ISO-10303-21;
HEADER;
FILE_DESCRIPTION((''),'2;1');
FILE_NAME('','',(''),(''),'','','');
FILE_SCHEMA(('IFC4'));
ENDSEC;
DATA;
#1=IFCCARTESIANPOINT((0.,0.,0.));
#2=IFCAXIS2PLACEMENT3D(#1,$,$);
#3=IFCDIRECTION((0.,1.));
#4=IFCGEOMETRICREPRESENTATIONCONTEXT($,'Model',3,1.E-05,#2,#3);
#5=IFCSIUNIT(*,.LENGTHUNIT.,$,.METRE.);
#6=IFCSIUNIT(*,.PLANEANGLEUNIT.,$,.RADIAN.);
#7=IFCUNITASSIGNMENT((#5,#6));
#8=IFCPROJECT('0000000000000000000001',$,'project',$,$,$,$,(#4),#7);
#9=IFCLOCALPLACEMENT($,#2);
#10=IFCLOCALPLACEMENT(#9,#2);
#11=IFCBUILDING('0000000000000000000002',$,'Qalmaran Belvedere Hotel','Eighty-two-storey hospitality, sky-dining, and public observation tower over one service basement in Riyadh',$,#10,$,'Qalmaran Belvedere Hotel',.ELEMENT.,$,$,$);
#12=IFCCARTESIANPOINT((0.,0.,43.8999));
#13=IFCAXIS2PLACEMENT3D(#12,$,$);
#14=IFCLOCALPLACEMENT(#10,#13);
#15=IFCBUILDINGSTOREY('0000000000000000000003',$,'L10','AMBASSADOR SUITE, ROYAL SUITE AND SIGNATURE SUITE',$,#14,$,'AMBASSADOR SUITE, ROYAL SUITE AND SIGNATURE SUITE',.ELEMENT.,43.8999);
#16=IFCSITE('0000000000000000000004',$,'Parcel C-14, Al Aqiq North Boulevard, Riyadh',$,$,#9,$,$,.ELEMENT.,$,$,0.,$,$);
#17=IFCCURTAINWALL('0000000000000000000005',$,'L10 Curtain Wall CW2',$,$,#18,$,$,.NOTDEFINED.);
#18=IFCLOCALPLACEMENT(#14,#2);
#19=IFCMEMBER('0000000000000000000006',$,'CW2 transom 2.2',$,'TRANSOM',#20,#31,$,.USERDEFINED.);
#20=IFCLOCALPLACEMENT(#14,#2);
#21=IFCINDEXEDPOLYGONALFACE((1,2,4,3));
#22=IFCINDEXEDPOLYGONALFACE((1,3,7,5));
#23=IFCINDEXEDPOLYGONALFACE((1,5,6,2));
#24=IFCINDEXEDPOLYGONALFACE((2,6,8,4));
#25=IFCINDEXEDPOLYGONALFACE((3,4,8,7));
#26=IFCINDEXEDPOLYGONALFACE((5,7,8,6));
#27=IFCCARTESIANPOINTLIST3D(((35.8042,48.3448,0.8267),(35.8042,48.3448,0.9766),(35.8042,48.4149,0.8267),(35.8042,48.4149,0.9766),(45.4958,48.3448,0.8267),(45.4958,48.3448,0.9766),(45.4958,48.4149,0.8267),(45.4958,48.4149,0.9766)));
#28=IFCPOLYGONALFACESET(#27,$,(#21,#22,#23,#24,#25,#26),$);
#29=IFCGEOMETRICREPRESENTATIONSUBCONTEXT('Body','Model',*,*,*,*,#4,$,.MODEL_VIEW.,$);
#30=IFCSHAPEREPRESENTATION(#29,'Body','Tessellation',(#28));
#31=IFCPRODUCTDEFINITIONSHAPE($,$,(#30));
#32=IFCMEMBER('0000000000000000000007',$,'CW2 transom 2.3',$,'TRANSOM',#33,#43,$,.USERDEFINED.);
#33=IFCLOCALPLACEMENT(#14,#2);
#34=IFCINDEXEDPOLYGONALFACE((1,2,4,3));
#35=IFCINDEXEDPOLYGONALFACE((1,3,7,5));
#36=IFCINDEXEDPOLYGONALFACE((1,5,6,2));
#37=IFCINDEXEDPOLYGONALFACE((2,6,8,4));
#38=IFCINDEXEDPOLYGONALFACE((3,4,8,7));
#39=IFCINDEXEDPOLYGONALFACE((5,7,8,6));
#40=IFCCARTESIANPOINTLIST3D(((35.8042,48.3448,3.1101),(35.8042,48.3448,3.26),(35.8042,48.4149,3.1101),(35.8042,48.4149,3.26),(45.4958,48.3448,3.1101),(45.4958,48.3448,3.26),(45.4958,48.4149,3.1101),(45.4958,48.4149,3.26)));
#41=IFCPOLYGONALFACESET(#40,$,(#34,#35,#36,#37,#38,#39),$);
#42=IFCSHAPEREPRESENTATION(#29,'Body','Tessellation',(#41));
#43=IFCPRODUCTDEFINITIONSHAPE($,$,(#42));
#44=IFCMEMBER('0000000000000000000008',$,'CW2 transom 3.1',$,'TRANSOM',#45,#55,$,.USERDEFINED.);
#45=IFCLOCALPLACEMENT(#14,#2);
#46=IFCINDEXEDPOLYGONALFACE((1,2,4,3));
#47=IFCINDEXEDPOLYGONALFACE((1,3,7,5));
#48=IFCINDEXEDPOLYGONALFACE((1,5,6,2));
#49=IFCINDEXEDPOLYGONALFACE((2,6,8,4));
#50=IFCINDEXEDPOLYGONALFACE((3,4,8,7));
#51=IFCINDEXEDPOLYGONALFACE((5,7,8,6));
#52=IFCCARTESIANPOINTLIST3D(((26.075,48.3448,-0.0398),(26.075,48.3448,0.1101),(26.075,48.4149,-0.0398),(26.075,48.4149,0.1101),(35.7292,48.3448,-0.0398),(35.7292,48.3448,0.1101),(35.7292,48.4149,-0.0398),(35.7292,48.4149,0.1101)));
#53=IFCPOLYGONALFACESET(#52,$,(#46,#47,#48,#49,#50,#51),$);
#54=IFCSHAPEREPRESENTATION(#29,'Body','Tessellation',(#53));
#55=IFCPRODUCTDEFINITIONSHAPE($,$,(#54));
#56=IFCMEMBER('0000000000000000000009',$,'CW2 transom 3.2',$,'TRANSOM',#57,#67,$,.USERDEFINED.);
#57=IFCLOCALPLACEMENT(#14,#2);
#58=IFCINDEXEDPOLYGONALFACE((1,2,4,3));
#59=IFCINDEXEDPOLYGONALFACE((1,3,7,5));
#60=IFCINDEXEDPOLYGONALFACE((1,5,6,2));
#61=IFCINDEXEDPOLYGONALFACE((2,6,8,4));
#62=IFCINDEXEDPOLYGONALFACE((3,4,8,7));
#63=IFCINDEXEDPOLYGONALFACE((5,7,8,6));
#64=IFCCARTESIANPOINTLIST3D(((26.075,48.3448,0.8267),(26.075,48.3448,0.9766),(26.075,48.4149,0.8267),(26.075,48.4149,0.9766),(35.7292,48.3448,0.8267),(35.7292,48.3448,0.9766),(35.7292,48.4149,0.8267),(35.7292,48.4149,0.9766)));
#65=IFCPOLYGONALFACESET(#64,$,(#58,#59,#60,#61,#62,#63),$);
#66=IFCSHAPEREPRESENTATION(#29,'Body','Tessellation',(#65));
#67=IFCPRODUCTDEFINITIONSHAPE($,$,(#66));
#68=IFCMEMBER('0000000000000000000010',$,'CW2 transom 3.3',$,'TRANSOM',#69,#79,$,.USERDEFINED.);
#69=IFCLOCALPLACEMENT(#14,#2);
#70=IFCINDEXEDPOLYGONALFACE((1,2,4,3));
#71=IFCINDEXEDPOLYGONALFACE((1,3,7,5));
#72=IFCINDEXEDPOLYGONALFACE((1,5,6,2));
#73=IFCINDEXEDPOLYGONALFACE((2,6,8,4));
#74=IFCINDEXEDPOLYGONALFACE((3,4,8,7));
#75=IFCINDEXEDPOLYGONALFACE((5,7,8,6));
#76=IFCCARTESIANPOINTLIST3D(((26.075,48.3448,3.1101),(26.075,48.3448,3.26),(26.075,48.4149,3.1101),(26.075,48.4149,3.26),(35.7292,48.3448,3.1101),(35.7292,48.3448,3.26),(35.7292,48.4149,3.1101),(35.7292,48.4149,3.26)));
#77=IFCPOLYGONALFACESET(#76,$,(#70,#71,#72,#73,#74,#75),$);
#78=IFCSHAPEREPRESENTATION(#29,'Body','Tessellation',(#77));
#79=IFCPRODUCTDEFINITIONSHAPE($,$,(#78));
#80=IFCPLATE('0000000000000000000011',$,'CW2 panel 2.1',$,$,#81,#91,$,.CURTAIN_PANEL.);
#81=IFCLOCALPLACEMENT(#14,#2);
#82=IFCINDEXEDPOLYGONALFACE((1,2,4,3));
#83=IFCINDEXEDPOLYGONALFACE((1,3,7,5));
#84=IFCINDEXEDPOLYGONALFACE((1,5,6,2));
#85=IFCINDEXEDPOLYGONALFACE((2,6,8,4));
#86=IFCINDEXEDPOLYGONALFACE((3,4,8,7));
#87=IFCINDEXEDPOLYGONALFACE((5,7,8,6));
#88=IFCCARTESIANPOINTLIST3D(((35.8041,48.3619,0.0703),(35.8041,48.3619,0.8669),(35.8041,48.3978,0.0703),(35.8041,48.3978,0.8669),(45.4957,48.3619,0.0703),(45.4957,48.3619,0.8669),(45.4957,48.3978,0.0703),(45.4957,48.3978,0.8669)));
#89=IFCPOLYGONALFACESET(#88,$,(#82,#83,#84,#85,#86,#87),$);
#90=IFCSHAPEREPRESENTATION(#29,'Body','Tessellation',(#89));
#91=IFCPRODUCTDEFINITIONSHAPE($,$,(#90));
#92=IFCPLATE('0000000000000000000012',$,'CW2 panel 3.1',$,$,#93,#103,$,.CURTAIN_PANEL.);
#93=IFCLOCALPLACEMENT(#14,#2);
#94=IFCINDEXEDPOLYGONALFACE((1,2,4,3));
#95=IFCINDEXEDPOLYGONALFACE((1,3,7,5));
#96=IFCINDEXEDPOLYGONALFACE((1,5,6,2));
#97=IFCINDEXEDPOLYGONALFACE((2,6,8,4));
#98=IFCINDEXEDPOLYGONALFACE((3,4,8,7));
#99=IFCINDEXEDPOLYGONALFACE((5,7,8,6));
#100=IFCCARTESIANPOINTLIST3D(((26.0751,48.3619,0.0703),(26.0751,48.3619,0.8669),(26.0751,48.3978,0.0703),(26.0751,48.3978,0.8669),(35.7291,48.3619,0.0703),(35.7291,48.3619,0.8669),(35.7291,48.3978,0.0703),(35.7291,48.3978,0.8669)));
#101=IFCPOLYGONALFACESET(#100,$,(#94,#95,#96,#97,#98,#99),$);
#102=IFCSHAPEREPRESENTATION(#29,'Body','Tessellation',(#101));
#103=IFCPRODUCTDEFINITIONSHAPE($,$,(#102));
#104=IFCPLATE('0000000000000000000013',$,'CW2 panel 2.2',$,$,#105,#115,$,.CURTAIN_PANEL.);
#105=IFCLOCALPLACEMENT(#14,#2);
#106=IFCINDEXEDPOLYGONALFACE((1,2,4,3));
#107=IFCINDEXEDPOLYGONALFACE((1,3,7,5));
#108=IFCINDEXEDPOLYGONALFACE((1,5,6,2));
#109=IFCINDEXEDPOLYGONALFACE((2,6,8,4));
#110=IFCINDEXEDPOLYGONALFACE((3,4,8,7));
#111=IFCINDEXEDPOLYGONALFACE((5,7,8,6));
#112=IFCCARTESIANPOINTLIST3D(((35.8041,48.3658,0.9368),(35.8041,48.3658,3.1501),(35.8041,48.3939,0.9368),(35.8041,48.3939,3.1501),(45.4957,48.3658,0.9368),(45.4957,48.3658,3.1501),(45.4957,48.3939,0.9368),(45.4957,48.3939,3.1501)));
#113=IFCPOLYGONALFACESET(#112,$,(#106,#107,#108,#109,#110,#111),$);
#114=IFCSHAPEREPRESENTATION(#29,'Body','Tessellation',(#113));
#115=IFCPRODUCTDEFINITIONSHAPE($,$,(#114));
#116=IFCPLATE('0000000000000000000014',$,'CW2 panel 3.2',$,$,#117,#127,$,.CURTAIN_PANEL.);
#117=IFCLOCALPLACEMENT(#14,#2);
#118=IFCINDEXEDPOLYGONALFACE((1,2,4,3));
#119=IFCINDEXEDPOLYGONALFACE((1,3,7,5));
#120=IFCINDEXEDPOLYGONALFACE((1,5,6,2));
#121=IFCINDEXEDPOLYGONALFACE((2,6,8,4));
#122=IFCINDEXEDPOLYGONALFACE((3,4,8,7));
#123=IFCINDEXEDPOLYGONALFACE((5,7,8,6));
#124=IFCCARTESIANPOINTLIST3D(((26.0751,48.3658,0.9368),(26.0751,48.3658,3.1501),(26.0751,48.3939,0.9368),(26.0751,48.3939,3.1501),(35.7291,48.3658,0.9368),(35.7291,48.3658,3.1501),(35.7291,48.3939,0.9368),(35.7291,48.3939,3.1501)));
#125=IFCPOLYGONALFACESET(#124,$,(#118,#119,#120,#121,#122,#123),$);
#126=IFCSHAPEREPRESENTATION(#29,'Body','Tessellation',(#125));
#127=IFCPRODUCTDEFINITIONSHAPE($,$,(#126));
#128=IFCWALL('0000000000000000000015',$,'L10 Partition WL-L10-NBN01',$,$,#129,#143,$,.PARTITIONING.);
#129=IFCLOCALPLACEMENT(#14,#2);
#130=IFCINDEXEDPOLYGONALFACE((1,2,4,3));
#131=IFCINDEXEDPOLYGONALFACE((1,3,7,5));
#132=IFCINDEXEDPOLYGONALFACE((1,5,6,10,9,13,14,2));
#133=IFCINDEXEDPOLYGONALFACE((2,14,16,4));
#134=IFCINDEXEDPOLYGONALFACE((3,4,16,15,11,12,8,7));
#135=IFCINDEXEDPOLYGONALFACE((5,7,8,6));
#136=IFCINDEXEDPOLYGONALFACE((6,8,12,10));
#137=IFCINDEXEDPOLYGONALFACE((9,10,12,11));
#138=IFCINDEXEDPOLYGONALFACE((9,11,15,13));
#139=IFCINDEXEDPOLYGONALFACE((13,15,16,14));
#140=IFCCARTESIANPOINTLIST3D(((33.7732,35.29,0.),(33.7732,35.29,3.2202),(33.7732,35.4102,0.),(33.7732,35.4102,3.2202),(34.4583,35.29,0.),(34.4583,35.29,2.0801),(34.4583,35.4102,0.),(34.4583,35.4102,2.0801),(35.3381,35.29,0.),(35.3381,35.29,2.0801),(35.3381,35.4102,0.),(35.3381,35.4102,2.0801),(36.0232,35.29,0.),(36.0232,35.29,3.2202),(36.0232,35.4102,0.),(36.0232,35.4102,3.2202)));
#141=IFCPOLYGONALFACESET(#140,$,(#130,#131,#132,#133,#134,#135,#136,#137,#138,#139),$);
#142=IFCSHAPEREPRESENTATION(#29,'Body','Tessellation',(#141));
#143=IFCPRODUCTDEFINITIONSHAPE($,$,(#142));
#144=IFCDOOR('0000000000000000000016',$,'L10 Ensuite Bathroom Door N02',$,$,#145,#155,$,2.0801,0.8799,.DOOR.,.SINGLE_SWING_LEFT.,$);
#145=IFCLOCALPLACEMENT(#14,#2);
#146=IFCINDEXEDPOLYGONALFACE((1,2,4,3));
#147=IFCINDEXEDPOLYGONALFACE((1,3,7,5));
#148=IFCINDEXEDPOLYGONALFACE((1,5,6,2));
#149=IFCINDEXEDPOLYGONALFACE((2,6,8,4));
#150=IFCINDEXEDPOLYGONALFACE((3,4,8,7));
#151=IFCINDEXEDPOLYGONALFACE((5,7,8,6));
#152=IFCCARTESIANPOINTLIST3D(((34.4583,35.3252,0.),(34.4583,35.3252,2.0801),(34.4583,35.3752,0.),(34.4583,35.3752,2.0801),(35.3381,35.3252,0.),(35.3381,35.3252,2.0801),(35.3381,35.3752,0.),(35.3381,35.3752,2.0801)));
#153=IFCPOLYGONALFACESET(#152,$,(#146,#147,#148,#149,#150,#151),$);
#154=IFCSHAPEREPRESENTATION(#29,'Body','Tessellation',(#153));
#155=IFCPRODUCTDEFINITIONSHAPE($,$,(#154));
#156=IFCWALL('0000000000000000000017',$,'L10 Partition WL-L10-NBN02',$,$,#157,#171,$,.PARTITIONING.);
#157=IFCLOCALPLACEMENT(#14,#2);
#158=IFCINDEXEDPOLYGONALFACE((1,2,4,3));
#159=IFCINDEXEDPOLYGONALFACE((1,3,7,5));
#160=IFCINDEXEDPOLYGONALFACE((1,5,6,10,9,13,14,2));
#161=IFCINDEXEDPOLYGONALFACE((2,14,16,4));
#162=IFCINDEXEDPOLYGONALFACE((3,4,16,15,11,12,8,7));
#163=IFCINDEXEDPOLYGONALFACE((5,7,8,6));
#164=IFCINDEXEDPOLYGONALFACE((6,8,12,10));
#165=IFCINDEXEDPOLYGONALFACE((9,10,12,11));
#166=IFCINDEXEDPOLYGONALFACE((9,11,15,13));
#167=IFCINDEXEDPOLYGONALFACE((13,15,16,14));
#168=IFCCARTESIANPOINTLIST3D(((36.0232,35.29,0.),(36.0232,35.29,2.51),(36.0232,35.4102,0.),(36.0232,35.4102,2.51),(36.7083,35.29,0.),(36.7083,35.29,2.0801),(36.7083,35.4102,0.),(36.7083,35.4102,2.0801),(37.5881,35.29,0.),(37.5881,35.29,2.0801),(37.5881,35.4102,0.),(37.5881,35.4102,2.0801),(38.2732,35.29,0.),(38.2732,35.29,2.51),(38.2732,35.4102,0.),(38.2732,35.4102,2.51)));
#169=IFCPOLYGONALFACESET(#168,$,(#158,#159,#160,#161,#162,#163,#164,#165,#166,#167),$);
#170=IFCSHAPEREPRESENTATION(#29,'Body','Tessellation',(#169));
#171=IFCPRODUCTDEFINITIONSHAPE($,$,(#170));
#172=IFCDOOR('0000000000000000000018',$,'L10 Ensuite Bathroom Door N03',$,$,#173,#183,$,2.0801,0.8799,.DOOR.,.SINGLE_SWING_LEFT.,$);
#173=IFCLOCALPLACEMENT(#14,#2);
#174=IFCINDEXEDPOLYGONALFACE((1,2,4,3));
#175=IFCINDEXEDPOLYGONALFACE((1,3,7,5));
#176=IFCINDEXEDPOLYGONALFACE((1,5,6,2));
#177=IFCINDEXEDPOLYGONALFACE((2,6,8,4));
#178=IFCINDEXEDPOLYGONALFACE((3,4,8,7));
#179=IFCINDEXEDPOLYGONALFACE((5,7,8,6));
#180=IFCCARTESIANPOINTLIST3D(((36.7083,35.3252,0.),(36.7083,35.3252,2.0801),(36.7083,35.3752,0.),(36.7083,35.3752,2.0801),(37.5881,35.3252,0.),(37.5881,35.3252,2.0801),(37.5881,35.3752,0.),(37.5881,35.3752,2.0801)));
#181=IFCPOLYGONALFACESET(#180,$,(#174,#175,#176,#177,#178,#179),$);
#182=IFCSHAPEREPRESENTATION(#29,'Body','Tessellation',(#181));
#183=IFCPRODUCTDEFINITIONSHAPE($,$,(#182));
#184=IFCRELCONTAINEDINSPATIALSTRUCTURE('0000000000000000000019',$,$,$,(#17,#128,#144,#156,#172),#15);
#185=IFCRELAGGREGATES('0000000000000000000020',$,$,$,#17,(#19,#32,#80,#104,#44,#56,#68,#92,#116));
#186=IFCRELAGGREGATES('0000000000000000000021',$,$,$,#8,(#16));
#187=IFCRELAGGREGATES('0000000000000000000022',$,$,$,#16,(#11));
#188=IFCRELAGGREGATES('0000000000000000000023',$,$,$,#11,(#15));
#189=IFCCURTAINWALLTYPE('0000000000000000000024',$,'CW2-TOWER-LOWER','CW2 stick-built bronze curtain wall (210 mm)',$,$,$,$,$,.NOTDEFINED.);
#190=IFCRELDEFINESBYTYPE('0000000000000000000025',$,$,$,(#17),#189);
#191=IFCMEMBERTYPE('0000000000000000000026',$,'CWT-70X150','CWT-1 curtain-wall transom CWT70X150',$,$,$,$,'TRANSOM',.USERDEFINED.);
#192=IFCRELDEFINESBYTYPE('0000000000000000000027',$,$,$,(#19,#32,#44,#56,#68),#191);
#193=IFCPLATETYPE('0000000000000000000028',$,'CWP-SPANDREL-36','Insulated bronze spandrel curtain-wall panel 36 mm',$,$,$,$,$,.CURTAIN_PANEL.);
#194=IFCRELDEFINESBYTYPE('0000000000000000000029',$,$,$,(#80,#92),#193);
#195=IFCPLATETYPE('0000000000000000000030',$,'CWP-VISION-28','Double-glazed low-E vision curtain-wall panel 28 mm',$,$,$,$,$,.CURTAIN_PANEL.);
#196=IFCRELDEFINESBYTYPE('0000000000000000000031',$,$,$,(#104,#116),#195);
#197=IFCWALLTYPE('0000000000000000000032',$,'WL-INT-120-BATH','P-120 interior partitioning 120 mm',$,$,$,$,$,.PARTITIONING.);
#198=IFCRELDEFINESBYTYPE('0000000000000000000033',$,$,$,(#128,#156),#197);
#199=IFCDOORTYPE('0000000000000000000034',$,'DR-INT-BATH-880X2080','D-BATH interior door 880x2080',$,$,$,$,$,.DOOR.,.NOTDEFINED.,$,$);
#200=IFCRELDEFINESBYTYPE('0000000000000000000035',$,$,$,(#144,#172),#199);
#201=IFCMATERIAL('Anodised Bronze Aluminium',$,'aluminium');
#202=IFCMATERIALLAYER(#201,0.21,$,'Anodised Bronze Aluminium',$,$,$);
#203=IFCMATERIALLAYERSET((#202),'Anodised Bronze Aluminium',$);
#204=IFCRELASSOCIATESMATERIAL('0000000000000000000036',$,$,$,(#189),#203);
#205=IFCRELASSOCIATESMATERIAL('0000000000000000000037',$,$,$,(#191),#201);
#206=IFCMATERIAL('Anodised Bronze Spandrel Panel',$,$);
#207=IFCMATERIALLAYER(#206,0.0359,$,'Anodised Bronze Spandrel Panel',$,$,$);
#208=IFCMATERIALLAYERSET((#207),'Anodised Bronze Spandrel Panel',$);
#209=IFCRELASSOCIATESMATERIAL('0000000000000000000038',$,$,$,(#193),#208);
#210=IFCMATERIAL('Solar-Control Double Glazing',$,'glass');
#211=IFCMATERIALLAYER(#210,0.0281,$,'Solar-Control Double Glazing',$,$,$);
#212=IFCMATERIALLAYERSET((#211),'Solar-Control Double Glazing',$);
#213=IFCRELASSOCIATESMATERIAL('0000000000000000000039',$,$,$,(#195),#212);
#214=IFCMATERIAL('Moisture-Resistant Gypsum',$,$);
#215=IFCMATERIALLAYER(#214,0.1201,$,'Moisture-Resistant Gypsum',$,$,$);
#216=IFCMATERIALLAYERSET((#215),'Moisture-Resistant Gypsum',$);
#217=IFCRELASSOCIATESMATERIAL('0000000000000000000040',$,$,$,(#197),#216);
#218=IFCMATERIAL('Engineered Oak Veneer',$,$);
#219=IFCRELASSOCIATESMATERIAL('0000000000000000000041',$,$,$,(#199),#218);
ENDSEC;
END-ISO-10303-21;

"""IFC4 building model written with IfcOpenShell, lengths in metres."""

from ifc_helpers import new_model, si_unit, direction, frame, frame_2d, origin, origin_2d, place, context, subcontext, project, spatial, rectangle, extrude, material, layer, layer_set, material_profile, profile_set, type_object, element, fill, aggregate, save


model = new_model("IFC4")

# Units and contexts
model_context = context("Model", 3, precision=1e-05, world=origin(), true_north=direction((0.0, 1.0)))
body_context = subcontext(model_context, "Body", "Model", "MODEL_VIEW")
ifc_project = project(units=[si_unit("LENGTHUNIT", "METRE"), si_unit("PLANEANGLEUNIT", "RADIAN")], contexts=[model_context])

# Site, building, storey
site_placement = place(None, origin())
site = spatial("IfcSite", under=ifc_project, at=site_placement, Name="Parcel C-14, Al Aqiq North Boulevard, Riyadh", CompositionType="ELEMENT", RefElevation=0.0)
building_placement = place(site_placement, origin())
building = spatial("IfcBuilding", under=site, at=building_placement, Name="Qalmaran Belvedere Hotel", Description="Eighty-two-storey hospitality, sky-dining, and public observation tower over one service basement in Riyadh", LongName="Qalmaran Belvedere Hotel", CompositionType="ELEMENT")
storey_placement = place(building_placement, frame((0.0, 0.0, 43.8999)))
storey = spatial("IfcBuildingStorey", under=building, at=storey_placement, Name="L10", Description="AMBASSADOR SUITE, ROYAL SUITE AND SIGNATURE SUITE", LongName="AMBASSADOR SUITE, ROYAL SUITE AND SIGNATURE SUITE", CompositionType="ELEMENT", Elevation=43.8999)

# Curtain wall, members, plates
ifc_material_1 = material(Name="Anodised Bronze Aluminium", Category="aluminium")
ifc_layer_1 = layer(ifc_material_1, 0.21, Name="Anodised Bronze Aluminium")
ifc_layer_set_1 = layer_set([ifc_layer_1], Name="Anodised Bronze Aluminium")
curtain_wall_type = type_object("IfcCurtainWallType", Name="CW2-TOWER-LOWER", Description="CW2 stick-built bronze curtain wall (210 mm)", PredefinedType="NOTDEFINED", material=ifc_layer_set_1)
curtain_wall_placement = place(storey_placement, origin())
curtain_wall = element("IfcCurtainWall", 1, at=curtain_wall_placement, inside=storey, type_object=curtain_wall_type, Name="L10 Curtain Wall CW2", PredefinedType="NOTDEFINED")
ifc_material_profile_1 = material_profile(ifc_material_1, rectangle(XDim=0.0701, YDim=0.1499, at=origin_2d()), Name="CWT70X150")
ifc_profile_set_1 = profile_set([ifc_material_profile_1], Name="Anodised Bronze Aluminium")
member_type_1 = type_object("IfcMemberType", Name="CWT-70X150", Description="CWT-1 curtain-wall transom CWT70X150", ElementType="TRANSOM", PredefinedType="USERDEFINED", material=ifc_profile_set_1)
member_1_placement = place(storey_placement, frame((45.4958, 48.3799, 0.9016), z_axis=(-1.0, 0.0, 0.0), x_axis=(0.0, -1.0, 0.0)))
member_1 = element("IfcMember", 2, at=member_1_placement, type_object=member_type_1, Name="CW2 transom 2.2", ObjectType="TRANSOM", PredefinedType="USERDEFINED", context=body_context, shape_type="SweptSolid", body=[
    extrude(rectangle(XDim=0.0701, YDim=0.1499, at=origin_2d()), origin(), (0.0, 0.0, 1.0), 9.6917),
])
member_2_placement = place(storey_placement, frame((45.4958, 48.3799, 3.1851), z_axis=(-1.0, 0.0, 0.0), x_axis=(0.0, -1.0, 0.0)))
member_2 = element("IfcMember", 3, at=member_2_placement, type_object=member_type_1, Name="CW2 transom 2.3", ObjectType="TRANSOM", PredefinedType="USERDEFINED", context=body_context, shape_type="SweptSolid", body=[
    extrude(rectangle(XDim=0.0701, YDim=0.1499, at=origin_2d()), origin(), (0.0, 0.0, 1.0), 9.6917),
])
member_3_placement = place(storey_placement, frame((35.7292, 48.3799, 0.0352), z_axis=(-1.0, 0.0, 0.0), x_axis=(0.0, -1.0, 0.0)))
member_3 = element("IfcMember", 4, at=member_3_placement, type_object=member_type_1, Name="CW2 transom 3.1", ObjectType="TRANSOM", PredefinedType="USERDEFINED", context=body_context, shape_type="SweptSolid", body=[
    extrude(rectangle(XDim=0.0701, YDim=0.1499, at=origin_2d()), origin(), (0.0, 0.0, 1.0), 9.6543),
])
member_4_placement = place(storey_placement, frame((35.7292, 48.3799, 0.9016), z_axis=(-1.0, 0.0, 0.0), x_axis=(0.0, -1.0, 0.0)))
member_4 = element("IfcMember", 5, at=member_4_placement, type_object=member_type_1, Name="CW2 transom 3.2", ObjectType="TRANSOM", PredefinedType="USERDEFINED", context=body_context, shape_type="SweptSolid", body=[
    extrude(rectangle(XDim=0.0701, YDim=0.1499, at=origin_2d()), origin(), (0.0, 0.0, 1.0), 9.6543),
])
member_5_placement = place(storey_placement, frame((35.7292, 48.3799, 3.1851), z_axis=(-1.0, 0.0, 0.0), x_axis=(0.0, -1.0, 0.0)))
member_5 = element("IfcMember", 6, at=member_5_placement, type_object=member_type_1, Name="CW2 transom 3.3", ObjectType="TRANSOM", PredefinedType="USERDEFINED", context=body_context, shape_type="SweptSolid", body=[
    extrude(rectangle(XDim=0.0701, YDim=0.1499, at=origin_2d()), origin(), (0.0, 0.0, 1.0), 9.6543),
])
ifc_material_2 = material(Name="Anodised Bronze Spandrel Panel")
ifc_layer_2 = layer(ifc_material_2, 0.0359, Name="Anodised Bronze Spandrel Panel")
ifc_layer_set_2 = layer_set([ifc_layer_2], Name="Anodised Bronze Spandrel Panel")
plate_type_1 = type_object("IfcPlateType", Name="CWP-SPANDREL-36", Description="Insulated bronze spandrel curtain-wall panel 36 mm", PredefinedType="CURTAIN_PANEL", material=ifc_layer_set_2)
plate_1_placement = place(storey_placement, frame((40.6499, 48.3799, 0.0703), z_axis=(0.0, 0.0, 1.0), x_axis=(-1.0, 0.0, 0.0)))
plate_1 = element("IfcPlate", 7, at=plate_1_placement, type_object=plate_type_1, Name="CW2 panel 2.1", PredefinedType="CURTAIN_PANEL", context=body_context, shape_type="SweptSolid", body=[
    extrude(rectangle(XDim=9.6917, YDim=0.0359, at=origin_2d()), origin(), (0.0, 0.0, 1.0), 0.7966),
])
plate_2_placement = place(storey_placement, frame((30.9021, 48.3799, 0.0703), z_axis=(0.0, 0.0, 1.0), x_axis=(-1.0, 0.0, 0.0)))
plate_2 = element("IfcPlate", 8, at=plate_2_placement, type_object=plate_type_1, Name="CW2 panel 3.1", PredefinedType="CURTAIN_PANEL", context=body_context, shape_type="SweptSolid", body=[
    extrude(rectangle(XDim=9.6541, YDim=0.0359, at=origin_2d()), origin(), (0.0, 0.0, 1.0), 0.7966),
])
ifc_material_3 = material(Name="Solar-Control Double Glazing", Category="glass")
ifc_layer_3 = layer(ifc_material_3, 0.0281, Name="Solar-Control Double Glazing")
ifc_layer_set_3 = layer_set([ifc_layer_3], Name="Solar-Control Double Glazing")
plate_type_2 = type_object("IfcPlateType", Name="CWP-VISION-28", Description="Double-glazed low-E vision curtain-wall panel 28 mm", PredefinedType="CURTAIN_PANEL", material=ifc_layer_set_3)
plate_3_placement = place(storey_placement, frame((40.6499, 48.3799, 0.9368), z_axis=(0.0, 0.0, 1.0), x_axis=(-1.0, 0.0, 0.0)))
plate_3 = element("IfcPlate", 9, at=plate_3_placement, type_object=plate_type_2, Name="CW2 panel 2.2", PredefinedType="CURTAIN_PANEL", context=body_context, shape_type="SweptSolid", body=[
    extrude(rectangle(XDim=9.6917, YDim=0.0281, at=origin_2d()), origin(), (0.0, 0.0, 1.0), 2.2134),
])
plate_4_placement = place(storey_placement, frame((30.9021, 48.3799, 0.9368), z_axis=(0.0, 0.0, 1.0), x_axis=(-1.0, 0.0, 0.0)))
plate_4 = element("IfcPlate", 10, at=plate_4_placement, type_object=plate_type_2, Name="CW2 panel 3.2", PredefinedType="CURTAIN_PANEL", context=body_context, shape_type="SweptSolid", body=[
    extrude(rectangle(XDim=9.6541, YDim=0.0281, at=origin_2d()), origin(), (0.0, 0.0, 1.0), 2.2134),
])
aggregate(curtain_wall, [member_1, member_2, plate_1, plate_3, member_3, member_4, member_5, plate_2, plate_4])

# Walls, openings, doors
ifc_material_4 = material(Name="Moisture-Resistant Gypsum")
ifc_layer_4 = layer(ifc_material_4, 0.1201, Name="Moisture-Resistant Gypsum")
ifc_layer_set_4 = layer_set([ifc_layer_4], Name="Moisture-Resistant Gypsum")
wall_type = type_object("IfcWallType", Name="WL-INT-120-BATH", Description="P-120 interior partitioning 120 mm", PredefinedType="PARTITIONING", material=ifc_layer_set_4)
wall_1_placement = place(storey_placement, frame((33.7732, 35.3501, 0.0), z_axis=(0.0, 0.0, 1.0), x_axis=(1.0, 0.0, 0.0)))
wall_1 = element("IfcWall", 11, at=wall_1_placement, inside=storey, type_object=wall_type, Name="L10 Partition WL-L10-NBN01", PredefinedType="PARTITIONING", context=body_context, shape_type="SweptSolid", body=[
    extrude(rectangle(XDim=2.25, YDim=0.1201, at=frame_2d((1.125, 0.0))), origin(), (0.0, 0.0, 1.0), 3.2202),
])
opening_1_placement = place(wall_1_placement, frame((1.5649, 0.0, 0.0), z_axis=(0.0, 0.0, 1.0), x_axis=(-1.0, 0.0, 0.0)))
opening_1 = element("IfcOpeningElement", 12, at=opening_1_placement, cuts=wall_1, PredefinedType="OPENING", context=body_context, shape_type="SweptSolid", body=[
    extrude(rectangle(XDim=0.8799, YDim=2.0801, at=frame_2d((0.4399, 1.04))), frame((0.0, 0.0701, 0.0), z_axis=(0.0, -1.0, 0.0), x_axis=(1.0, 0.0, 0.0)), (0.0, 0.0, 1.0), 0.1401),
])
ifc_material_5 = material(Name="Engineered Oak Veneer")
door_type = type_object("IfcDoorType", Name="DR-INT-BATH-880X2080", Description="D-BATH interior door 880x2080", OperationType="NOTDEFINED", PredefinedType="DOOR", material=ifc_material_5)
door_1_placement = place(opening_1_placement, origin())
door_1 = element("IfcDoor", 13, at=door_1_placement, inside=storey, type_object=door_type, Name="L10 Ensuite Bathroom Door N02", OperationType="SINGLE_SWING_LEFT", OverallHeight=2.0801, OverallWidth=0.8799, PredefinedType="DOOR", context=body_context, shape_type="SweptSolid", body=[
    extrude(rectangle(XDim=0.8799, YDim=2.0801, at=frame_2d((0.4399, 1.04))), frame((0.0, 0.0249, 0.0), z_axis=(0.0, -1.0, 0.0), x_axis=(1.0, 0.0, 0.0)), (0.0, 0.0, 1.0), 0.05),
])
fill(opening_1, door_1)
wall_2_placement = place(storey_placement, frame((36.0232, 35.3501, 0.0), z_axis=(0.0, 0.0, 1.0), x_axis=(1.0, 0.0, 0.0)))
wall_2 = element("IfcWall", 14, at=wall_2_placement, inside=storey, type_object=wall_type, Name="L10 Partition WL-L10-NBN02", PredefinedType="PARTITIONING", context=body_context, shape_type="SweptSolid", body=[
    extrude(rectangle(XDim=2.25, YDim=0.1201, at=frame_2d((1.125, 0.0))), origin(), (0.0, 0.0, 1.0), 2.51),
])
opening_2_placement = place(wall_2_placement, frame((1.5649, 0.0, 0.0), z_axis=(0.0, 0.0, 1.0), x_axis=(-1.0, 0.0, 0.0)))
opening_2 = element("IfcOpeningElement", 15, at=opening_2_placement, cuts=wall_2, PredefinedType="OPENING", context=body_context, shape_type="SweptSolid", body=[
    extrude(rectangle(XDim=0.8799, YDim=2.0801, at=frame_2d((0.4399, 1.04))), frame((0.0, 0.0701, 0.0), z_axis=(0.0, -1.0, 0.0), x_axis=(1.0, 0.0, 0.0)), (0.0, 0.0, 1.0), 0.1401),
])
door_2_placement = place(opening_2_placement, origin())
door_2 = element("IfcDoor", 16, at=door_2_placement, inside=storey, type_object=door_type, Name="L10 Ensuite Bathroom Door N03", OperationType="SINGLE_SWING_LEFT", OverallHeight=2.0801, OverallWidth=0.8799, PredefinedType="DOOR", context=body_context, shape_type="SweptSolid", body=[
    extrude(rectangle(XDim=0.8799, YDim=2.0801, at=frame_2d((0.4399, 1.04))), frame((0.0, 0.0249, 0.0), z_axis=(0.0, -1.0, 0.0), x_axis=(1.0, 0.0, 0.0)), (0.0, 0.0, 1.0), 0.05),
])
fill(opening_2, door_2)

save(model, "model.ifc")
